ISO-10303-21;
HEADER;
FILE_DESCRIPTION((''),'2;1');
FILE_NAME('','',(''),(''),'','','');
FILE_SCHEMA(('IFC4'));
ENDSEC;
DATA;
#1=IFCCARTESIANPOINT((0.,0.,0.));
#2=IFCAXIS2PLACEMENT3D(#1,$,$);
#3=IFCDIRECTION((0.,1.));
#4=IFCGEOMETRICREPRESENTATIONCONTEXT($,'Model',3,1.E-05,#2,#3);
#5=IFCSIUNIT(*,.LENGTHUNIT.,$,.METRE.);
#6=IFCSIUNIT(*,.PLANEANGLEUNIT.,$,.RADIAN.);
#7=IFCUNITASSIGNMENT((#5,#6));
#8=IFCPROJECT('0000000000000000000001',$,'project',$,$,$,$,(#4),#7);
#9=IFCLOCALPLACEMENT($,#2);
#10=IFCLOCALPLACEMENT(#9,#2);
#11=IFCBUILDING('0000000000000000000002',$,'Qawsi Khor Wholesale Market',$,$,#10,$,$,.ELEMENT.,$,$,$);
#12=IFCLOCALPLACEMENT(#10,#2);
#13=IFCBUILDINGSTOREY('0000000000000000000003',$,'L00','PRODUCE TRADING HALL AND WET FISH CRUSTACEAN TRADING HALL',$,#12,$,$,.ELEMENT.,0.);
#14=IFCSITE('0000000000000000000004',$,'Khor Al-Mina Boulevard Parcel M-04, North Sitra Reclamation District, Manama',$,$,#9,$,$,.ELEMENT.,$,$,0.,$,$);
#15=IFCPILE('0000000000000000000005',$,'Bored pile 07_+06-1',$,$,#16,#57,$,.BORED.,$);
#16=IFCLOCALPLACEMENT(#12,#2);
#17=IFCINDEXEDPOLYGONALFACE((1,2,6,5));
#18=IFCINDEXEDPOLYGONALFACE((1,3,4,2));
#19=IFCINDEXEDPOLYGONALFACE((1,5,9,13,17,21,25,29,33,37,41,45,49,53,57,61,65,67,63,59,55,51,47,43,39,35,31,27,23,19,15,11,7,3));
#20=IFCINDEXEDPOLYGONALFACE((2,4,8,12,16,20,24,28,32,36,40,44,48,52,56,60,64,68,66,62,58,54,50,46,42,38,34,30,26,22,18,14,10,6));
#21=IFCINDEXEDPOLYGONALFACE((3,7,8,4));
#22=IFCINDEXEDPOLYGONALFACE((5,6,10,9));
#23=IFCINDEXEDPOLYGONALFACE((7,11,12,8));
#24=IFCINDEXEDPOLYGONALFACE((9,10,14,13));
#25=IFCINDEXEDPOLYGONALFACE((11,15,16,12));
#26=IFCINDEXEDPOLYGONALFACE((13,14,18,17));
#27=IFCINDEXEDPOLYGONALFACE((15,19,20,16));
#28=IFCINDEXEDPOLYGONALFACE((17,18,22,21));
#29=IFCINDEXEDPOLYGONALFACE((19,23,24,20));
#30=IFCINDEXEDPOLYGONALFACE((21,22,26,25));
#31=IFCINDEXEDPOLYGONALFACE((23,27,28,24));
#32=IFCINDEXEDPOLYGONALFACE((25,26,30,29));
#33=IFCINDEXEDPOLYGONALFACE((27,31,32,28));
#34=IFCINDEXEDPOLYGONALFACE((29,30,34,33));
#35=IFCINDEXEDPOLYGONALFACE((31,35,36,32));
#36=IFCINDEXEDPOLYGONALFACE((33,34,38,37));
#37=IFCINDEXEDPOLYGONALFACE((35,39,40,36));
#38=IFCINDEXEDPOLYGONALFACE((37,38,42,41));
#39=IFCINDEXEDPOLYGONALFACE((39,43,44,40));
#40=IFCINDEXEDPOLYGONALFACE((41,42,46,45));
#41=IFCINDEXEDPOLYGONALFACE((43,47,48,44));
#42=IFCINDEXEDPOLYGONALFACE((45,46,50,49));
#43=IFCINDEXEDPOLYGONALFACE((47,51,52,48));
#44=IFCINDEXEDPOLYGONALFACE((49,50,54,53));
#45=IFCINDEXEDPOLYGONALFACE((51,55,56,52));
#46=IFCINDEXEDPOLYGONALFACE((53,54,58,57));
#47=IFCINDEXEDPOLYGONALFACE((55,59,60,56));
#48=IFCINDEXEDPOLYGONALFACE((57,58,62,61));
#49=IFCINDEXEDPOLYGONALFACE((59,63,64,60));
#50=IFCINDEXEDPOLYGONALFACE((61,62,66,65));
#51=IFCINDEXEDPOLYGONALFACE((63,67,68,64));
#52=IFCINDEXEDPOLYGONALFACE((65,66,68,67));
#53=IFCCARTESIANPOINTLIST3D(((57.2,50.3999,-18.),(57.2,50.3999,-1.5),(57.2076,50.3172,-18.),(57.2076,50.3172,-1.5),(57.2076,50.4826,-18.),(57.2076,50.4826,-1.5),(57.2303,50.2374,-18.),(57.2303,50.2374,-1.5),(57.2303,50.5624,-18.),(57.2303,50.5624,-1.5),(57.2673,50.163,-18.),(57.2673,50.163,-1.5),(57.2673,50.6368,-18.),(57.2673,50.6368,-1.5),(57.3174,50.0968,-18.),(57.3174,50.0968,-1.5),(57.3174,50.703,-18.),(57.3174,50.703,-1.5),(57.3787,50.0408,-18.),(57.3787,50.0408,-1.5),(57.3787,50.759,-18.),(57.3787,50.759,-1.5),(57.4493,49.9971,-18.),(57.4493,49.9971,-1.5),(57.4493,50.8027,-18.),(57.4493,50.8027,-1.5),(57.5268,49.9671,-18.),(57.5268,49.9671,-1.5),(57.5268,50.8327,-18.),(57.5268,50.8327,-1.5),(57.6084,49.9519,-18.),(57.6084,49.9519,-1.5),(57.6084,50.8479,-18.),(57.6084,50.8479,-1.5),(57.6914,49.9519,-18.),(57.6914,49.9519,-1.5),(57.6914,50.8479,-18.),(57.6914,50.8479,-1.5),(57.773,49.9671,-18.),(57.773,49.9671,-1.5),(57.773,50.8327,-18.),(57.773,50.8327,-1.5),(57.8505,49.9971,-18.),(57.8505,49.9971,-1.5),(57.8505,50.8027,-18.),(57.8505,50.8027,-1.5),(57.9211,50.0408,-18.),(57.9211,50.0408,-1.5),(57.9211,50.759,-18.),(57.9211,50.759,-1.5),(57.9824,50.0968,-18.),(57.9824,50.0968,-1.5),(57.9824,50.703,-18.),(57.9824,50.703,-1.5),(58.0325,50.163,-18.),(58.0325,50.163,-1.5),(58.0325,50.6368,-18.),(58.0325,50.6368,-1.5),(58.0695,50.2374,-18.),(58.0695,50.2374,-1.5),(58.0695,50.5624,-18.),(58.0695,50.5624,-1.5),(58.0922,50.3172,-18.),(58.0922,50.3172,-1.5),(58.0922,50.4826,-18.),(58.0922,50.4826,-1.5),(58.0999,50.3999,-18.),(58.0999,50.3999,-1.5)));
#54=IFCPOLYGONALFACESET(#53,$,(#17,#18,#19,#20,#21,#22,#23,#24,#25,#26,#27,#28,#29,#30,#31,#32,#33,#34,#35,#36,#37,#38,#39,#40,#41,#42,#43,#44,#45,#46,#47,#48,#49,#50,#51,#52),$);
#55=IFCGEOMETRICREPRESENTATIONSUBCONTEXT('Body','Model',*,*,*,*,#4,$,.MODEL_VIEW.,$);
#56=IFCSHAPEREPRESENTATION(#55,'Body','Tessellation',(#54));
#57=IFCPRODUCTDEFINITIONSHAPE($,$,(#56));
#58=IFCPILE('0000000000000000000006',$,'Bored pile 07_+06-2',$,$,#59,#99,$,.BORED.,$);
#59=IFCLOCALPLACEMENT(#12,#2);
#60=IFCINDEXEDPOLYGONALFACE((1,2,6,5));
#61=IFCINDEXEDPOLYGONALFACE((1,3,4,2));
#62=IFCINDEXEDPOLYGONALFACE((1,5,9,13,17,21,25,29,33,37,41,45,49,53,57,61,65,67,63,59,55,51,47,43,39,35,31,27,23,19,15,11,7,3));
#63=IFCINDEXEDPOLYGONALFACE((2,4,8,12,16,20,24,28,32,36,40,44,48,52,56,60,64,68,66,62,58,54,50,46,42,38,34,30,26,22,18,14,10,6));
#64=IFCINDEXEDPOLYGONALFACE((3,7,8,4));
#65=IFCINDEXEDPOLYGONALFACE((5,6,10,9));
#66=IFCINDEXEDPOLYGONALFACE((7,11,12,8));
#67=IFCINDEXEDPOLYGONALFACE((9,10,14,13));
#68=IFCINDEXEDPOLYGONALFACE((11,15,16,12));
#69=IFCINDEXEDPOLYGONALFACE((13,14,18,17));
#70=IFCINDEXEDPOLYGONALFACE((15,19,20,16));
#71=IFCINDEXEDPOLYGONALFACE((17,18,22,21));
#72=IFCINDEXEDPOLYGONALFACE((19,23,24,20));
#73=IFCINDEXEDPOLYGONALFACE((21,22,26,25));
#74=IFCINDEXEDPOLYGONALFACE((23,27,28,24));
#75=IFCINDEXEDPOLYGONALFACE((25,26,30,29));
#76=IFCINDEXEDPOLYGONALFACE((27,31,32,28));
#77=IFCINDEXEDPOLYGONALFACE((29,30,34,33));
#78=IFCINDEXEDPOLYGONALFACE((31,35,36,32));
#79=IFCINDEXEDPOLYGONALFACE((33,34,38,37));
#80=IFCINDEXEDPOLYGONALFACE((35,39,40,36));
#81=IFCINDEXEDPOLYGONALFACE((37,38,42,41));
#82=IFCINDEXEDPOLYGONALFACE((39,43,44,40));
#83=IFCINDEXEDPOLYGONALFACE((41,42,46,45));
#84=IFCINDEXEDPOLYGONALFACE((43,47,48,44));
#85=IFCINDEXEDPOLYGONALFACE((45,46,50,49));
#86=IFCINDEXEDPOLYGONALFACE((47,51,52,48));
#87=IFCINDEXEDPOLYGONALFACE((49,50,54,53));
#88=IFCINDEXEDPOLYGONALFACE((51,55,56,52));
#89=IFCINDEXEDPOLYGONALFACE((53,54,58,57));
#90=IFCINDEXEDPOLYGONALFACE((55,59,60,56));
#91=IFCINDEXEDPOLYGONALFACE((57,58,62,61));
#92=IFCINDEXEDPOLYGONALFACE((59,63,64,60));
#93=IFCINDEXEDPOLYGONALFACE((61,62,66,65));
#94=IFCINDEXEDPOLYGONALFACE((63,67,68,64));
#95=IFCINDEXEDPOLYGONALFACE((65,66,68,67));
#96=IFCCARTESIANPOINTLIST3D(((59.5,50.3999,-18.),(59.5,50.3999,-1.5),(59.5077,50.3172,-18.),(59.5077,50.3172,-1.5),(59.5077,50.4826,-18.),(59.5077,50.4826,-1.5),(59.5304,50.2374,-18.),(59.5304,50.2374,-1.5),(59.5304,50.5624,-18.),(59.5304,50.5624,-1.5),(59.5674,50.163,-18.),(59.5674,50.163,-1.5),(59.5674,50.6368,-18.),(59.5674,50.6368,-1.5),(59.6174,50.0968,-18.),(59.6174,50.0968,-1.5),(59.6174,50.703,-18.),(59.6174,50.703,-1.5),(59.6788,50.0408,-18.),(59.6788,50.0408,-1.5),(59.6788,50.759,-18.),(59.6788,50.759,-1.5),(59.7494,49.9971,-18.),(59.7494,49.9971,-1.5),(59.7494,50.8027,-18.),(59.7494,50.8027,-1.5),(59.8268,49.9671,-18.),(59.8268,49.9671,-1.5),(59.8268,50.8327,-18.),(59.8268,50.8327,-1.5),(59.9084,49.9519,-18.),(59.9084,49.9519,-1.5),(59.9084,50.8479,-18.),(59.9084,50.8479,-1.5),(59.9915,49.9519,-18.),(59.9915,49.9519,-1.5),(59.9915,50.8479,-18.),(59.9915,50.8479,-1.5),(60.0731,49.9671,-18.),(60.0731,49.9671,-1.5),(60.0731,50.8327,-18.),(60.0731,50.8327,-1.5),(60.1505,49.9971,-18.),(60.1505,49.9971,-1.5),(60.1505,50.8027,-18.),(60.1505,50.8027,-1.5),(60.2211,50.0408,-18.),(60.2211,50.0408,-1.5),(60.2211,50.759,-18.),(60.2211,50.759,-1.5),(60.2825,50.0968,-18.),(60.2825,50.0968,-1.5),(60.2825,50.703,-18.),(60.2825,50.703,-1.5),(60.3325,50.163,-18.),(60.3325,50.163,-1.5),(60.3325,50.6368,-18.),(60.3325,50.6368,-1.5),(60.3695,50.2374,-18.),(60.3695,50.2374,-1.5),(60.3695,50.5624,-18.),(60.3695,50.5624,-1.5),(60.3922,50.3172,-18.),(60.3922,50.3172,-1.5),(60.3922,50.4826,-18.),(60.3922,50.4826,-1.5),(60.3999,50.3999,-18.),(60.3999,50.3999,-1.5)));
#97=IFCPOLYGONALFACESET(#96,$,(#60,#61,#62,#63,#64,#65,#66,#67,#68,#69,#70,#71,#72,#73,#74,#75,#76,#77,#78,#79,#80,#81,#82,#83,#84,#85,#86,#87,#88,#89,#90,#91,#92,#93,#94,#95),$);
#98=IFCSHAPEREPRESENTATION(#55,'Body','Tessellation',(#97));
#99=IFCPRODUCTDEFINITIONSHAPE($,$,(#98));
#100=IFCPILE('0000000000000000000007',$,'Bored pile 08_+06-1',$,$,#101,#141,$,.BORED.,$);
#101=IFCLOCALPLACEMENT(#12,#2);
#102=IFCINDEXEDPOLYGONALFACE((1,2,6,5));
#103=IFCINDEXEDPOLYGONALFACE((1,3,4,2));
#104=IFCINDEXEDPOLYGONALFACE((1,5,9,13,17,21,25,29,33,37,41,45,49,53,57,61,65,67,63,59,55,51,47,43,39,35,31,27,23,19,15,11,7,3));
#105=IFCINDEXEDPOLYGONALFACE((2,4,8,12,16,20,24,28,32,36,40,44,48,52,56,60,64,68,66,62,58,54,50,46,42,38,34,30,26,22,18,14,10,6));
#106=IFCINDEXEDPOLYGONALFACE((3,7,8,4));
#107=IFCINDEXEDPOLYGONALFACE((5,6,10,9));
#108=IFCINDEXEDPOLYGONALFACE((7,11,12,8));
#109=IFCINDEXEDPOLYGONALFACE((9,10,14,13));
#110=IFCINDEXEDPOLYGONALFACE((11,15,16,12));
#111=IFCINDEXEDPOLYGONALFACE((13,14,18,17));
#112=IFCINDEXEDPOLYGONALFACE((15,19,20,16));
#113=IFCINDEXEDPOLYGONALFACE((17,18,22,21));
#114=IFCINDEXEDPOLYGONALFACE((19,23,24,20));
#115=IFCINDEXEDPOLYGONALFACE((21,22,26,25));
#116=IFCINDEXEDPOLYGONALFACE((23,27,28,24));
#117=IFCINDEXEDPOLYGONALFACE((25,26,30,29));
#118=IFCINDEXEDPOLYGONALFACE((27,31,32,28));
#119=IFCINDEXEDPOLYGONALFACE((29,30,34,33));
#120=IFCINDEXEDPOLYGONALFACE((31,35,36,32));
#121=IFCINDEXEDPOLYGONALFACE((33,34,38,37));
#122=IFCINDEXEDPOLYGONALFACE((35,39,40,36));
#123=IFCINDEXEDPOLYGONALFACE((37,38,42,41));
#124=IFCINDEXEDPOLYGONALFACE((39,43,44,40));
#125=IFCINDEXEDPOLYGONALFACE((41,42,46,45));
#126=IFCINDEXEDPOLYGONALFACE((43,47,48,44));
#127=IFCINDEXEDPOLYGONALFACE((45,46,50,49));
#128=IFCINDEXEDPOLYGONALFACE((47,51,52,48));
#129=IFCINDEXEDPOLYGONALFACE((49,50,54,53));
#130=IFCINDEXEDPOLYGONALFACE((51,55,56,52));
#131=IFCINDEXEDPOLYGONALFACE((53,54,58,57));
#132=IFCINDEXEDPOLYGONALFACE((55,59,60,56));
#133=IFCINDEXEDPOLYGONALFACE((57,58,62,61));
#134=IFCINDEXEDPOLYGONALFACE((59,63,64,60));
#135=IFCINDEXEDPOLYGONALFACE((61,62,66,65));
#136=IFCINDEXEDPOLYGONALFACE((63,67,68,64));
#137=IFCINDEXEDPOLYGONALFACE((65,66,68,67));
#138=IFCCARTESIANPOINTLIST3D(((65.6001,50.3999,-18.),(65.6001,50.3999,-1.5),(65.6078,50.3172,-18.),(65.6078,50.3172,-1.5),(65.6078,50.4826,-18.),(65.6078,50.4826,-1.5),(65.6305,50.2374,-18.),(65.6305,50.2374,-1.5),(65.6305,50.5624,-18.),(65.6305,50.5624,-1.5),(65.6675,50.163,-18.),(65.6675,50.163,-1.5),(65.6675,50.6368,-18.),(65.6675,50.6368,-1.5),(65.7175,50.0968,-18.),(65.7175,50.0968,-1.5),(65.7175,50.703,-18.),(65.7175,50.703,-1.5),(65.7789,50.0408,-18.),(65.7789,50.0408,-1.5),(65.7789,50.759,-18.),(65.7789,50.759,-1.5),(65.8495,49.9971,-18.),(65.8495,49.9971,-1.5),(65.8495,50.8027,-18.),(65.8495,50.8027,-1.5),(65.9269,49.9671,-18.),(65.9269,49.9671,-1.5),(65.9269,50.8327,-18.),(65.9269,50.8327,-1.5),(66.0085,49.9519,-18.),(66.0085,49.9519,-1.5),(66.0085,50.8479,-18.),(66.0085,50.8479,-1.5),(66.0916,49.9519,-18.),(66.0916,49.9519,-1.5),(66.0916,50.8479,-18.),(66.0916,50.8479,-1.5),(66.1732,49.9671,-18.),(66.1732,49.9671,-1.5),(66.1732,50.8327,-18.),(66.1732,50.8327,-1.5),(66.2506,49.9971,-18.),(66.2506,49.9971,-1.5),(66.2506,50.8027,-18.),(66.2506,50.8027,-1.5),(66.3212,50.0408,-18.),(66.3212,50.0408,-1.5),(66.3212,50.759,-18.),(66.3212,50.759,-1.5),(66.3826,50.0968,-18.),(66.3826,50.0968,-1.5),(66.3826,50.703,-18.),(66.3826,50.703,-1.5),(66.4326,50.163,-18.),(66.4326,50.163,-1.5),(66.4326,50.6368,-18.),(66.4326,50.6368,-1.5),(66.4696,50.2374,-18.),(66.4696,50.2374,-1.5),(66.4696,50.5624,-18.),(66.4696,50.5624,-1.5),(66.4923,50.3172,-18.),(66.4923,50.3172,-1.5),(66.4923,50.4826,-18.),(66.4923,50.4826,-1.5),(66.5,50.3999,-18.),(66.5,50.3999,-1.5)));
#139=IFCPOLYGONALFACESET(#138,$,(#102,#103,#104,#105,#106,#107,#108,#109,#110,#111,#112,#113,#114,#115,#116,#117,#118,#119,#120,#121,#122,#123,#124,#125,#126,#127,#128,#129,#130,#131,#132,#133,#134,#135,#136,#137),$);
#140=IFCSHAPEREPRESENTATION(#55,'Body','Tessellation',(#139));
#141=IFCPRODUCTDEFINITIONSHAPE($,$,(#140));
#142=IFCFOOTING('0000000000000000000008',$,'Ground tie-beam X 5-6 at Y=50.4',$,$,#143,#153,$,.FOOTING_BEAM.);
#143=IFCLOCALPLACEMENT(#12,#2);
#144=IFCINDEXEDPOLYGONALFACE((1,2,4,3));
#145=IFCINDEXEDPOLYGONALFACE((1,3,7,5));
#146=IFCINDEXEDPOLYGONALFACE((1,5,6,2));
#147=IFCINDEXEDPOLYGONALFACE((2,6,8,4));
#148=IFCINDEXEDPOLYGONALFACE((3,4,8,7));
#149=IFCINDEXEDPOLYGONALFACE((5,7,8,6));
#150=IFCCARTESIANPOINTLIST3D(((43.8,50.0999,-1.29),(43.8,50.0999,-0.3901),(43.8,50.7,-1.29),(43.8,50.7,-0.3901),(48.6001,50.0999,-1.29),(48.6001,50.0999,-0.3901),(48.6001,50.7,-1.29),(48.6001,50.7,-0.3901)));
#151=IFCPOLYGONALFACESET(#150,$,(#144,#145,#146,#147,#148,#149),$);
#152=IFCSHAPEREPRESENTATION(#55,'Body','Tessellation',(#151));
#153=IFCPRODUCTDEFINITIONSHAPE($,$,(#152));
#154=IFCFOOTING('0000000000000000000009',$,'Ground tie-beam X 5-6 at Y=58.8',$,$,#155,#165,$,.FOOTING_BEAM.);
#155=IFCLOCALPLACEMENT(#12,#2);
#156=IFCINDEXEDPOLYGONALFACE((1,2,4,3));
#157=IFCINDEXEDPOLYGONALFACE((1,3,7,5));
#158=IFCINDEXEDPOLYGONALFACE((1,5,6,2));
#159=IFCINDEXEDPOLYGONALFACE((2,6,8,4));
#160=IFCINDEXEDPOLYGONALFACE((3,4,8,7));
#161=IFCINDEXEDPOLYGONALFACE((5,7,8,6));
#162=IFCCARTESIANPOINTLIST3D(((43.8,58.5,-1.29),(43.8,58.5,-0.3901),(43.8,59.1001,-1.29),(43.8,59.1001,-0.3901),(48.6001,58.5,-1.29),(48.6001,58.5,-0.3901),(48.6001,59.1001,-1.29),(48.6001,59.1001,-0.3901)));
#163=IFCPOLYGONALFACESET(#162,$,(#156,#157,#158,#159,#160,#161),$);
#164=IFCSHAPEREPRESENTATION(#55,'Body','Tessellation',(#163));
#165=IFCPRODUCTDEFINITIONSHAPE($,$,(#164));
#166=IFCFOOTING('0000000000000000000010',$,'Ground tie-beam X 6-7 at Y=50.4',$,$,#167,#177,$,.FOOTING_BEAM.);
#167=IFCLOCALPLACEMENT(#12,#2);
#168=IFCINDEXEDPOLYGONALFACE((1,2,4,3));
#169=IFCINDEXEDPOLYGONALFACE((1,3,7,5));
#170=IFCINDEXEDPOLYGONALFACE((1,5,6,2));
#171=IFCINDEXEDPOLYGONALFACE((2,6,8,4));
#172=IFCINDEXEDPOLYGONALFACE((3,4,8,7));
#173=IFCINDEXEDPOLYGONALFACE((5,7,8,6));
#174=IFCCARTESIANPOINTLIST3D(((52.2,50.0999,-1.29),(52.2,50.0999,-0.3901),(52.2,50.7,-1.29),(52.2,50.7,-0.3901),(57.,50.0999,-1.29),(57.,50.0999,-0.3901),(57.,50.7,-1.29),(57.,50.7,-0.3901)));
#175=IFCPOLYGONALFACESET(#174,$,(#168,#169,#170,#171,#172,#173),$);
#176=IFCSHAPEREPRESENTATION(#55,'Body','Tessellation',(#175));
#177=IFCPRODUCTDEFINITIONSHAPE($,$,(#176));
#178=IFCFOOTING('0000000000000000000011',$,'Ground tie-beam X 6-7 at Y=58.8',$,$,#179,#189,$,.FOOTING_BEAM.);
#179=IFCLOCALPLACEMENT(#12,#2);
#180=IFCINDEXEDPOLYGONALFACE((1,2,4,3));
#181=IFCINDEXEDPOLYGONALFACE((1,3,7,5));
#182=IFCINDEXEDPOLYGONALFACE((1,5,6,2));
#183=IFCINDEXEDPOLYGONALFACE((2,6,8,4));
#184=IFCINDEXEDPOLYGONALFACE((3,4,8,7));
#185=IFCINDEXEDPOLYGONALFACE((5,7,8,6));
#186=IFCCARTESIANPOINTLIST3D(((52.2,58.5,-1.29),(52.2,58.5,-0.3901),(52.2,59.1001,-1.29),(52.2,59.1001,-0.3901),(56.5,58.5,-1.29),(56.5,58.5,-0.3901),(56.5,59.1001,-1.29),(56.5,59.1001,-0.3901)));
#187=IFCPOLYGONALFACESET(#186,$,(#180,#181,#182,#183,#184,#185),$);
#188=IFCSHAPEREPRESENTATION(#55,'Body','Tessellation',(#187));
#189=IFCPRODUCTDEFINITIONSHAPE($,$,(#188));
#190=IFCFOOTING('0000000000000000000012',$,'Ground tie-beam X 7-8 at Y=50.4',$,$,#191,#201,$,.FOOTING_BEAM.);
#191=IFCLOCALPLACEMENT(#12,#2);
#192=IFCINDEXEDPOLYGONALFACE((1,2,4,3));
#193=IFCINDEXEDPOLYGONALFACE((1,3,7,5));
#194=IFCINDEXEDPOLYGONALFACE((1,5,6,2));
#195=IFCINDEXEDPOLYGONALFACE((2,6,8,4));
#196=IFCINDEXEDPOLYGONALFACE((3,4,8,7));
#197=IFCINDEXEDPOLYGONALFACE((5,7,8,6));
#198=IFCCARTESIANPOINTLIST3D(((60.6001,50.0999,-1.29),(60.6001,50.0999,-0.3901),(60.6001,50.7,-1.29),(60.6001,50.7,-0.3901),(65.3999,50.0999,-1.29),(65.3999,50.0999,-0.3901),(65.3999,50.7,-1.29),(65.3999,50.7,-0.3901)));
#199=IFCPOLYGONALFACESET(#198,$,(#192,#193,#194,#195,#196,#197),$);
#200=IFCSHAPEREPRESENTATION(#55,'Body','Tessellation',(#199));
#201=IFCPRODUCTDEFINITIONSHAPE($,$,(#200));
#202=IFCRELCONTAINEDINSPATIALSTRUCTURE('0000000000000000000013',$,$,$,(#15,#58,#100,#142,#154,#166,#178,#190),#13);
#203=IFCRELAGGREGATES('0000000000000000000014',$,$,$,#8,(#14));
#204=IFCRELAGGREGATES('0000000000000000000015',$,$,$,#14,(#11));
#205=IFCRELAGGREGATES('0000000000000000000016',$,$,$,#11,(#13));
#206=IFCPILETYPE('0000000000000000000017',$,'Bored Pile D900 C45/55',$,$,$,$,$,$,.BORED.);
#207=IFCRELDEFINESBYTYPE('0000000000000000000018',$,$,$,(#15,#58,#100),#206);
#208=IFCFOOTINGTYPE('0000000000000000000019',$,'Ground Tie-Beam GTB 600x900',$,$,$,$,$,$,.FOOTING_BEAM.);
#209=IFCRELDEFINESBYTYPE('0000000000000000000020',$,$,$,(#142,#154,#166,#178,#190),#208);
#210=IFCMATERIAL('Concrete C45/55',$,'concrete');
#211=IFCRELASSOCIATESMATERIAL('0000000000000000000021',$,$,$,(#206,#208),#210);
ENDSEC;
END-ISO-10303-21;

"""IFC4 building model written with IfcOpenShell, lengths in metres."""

from ifc_helpers import new_model, si_unit, direction, frame, origin, origin_2d, place, context, subcontext, project, spatial, rectangle, circle, extrude, material, material_profile, profile_set, type_object, element, save


model = new_model("IFC4")

# Units and contexts
model_context = context("Model", 3, precision=1e-05, world=origin(), true_north=direction((0.0, 1.0)))
body_context = subcontext(model_context, "Body", "Model", "MODEL_VIEW")
ifc_project = project(units=[si_unit("LENGTHUNIT", "METRE"), si_unit("PLANEANGLEUNIT", "RADIAN")], contexts=[model_context])

# Site, building, storey
site_placement = place(None, origin())
site = spatial("IfcSite", under=ifc_project, at=site_placement, Name="Khor Al-Mina Boulevard Parcel M-04, North Sitra Reclamation District, Manama", CompositionType="ELEMENT", RefElevation=0.0)
building_placement = place(site_placement, origin())
building = spatial("IfcBuilding", under=site, at=building_placement, Name="Qawsi Khor Wholesale Market", CompositionType="ELEMENT")
storey_placement = place(building_placement, origin())
storey = spatial("IfcBuildingStorey", under=building, at=storey_placement, Name="L00", Description="PRODUCE TRADING HALL AND WET FISH CRUSTACEAN TRADING HALL", CompositionType="ELEMENT", Elevation=0.0)

# Piles
ifc_material_1 = material(Name="Concrete C45/55", Category="concrete")
ifc_material_profile_1 = material_profile(ifc_material_1, circle(Radius=0.45, at=origin_2d()), Name="PILE D900")
ifc_profile_set_1 = profile_set([ifc_material_profile_1], Name="Concrete C45/55")
pile_type_1 = type_object("IfcPileType", Name="Bored Pile D900 C45/55", PredefinedType="BORED", material=ifc_profile_set_1)
for number, where, z_axis, x_axis, name in (
    (1, (57.6499, 50.3999, -1.5), (0.0, 0.0, -1.0), (1.0, 0.0, 0.0), "Bored pile 07_+06-1"),
    (2, (59.95, 50.3999, -1.5), (0.0, 0.0, -1.0), (1.0, 0.0, 0.0), "Bored pile 07_+06-2"),
    (3, (66.05, 50.3999, -1.5), (0.0, 0.0, -1.0), (1.0, 0.0, 0.0), "Bored pile 08_+06-1"),
):
    element("IfcPile", number, at=place(storey_placement, frame(where, z_axis=z_axis, x_axis=x_axis)), inside=storey, type_object=pile_type_1, Name=name, PredefinedType="BORED", context=body_context, shape_type="SweptSolid", body=[
        extrude(circle(Radius=0.45, at=origin_2d()), origin(), (0.0, 0.0, 1.0), 16.5),
    ])

# Footings
ifc_material_profile_2 = material_profile(ifc_material_1, rectangle(XDim=0.6001, YDim=0.8999, at=origin_2d()), Name="RC 600x900")
ifc_profile_set_2 = profile_set([ifc_material_profile_2], Name="Concrete C45/55")
footing_type_1 = type_object("IfcFootingType", Name="Ground Tie-Beam GTB 600x900", PredefinedType="FOOTING_BEAM", material=ifc_profile_set_2)
for number, where, z_axis, x_axis, name in (
    (4, (43.8, 50.3999, -0.8401), (1.0, 0.0, 0.0), (0.0, 1.0, 0.0), "Ground tie-beam X 5-6 at Y=50.4"),
    (5, (43.8, 58.8, -0.8401), (1.0, 0.0, 0.0), (0.0, 1.0, 0.0), "Ground tie-beam X 5-6 at Y=58.8"),
    (6, (52.2, 50.3999, -0.8401), (1.0, 0.0, 0.0), (0.0, 1.0, 0.0), "Ground tie-beam X 6-7 at Y=50.4"),
):
    element("IfcFooting", number, at=place(storey_placement, frame(where, z_axis=z_axis, x_axis=x_axis)), inside=storey, type_object=footing_type_1, Name=name, PredefinedType="FOOTING_BEAM", context=body_context, shape_type="SweptSolid", body=[
        extrude(rectangle(XDim=0.6001, YDim=0.8999, at=origin_2d()), origin(), (0.0, 0.0, 1.0), 4.8),
    ])
footing_1_placement = place(storey_placement, frame((52.2, 58.8, -0.8401), z_axis=(1.0, 0.0, 0.0), x_axis=(0.0, 1.0, 0.0)))
element("IfcFooting", 7, at=footing_1_placement, inside=storey, type_object=footing_type_1, Name="Ground tie-beam X 6-7 at Y=58.8", PredefinedType="FOOTING_BEAM", context=body_context, shape_type="SweptSolid", body=[
    extrude(rectangle(XDim=0.6001, YDim=0.8999, at=origin_2d()), origin(), (0.0, 0.0, 1.0), 4.3),
])
footing_2_placement = place(storey_placement, frame((60.6001, 50.3999, -0.8401), z_axis=(1.0, 0.0, 0.0), x_axis=(0.0, 1.0, 0.0)))
element("IfcFooting", 8, at=footing_2_placement, inside=storey, type_object=footing_type_1, Name="Ground tie-beam X 7-8 at Y=50.4", PredefinedType="FOOTING_BEAM", context=body_context, shape_type="SweptSolid", body=[
    extrude(rectangle(XDim=0.6001, YDim=0.8999, at=origin_2d()), origin(), (0.0, 0.0, 1.0), 4.7998),
])

save(model, "model.ifc")
